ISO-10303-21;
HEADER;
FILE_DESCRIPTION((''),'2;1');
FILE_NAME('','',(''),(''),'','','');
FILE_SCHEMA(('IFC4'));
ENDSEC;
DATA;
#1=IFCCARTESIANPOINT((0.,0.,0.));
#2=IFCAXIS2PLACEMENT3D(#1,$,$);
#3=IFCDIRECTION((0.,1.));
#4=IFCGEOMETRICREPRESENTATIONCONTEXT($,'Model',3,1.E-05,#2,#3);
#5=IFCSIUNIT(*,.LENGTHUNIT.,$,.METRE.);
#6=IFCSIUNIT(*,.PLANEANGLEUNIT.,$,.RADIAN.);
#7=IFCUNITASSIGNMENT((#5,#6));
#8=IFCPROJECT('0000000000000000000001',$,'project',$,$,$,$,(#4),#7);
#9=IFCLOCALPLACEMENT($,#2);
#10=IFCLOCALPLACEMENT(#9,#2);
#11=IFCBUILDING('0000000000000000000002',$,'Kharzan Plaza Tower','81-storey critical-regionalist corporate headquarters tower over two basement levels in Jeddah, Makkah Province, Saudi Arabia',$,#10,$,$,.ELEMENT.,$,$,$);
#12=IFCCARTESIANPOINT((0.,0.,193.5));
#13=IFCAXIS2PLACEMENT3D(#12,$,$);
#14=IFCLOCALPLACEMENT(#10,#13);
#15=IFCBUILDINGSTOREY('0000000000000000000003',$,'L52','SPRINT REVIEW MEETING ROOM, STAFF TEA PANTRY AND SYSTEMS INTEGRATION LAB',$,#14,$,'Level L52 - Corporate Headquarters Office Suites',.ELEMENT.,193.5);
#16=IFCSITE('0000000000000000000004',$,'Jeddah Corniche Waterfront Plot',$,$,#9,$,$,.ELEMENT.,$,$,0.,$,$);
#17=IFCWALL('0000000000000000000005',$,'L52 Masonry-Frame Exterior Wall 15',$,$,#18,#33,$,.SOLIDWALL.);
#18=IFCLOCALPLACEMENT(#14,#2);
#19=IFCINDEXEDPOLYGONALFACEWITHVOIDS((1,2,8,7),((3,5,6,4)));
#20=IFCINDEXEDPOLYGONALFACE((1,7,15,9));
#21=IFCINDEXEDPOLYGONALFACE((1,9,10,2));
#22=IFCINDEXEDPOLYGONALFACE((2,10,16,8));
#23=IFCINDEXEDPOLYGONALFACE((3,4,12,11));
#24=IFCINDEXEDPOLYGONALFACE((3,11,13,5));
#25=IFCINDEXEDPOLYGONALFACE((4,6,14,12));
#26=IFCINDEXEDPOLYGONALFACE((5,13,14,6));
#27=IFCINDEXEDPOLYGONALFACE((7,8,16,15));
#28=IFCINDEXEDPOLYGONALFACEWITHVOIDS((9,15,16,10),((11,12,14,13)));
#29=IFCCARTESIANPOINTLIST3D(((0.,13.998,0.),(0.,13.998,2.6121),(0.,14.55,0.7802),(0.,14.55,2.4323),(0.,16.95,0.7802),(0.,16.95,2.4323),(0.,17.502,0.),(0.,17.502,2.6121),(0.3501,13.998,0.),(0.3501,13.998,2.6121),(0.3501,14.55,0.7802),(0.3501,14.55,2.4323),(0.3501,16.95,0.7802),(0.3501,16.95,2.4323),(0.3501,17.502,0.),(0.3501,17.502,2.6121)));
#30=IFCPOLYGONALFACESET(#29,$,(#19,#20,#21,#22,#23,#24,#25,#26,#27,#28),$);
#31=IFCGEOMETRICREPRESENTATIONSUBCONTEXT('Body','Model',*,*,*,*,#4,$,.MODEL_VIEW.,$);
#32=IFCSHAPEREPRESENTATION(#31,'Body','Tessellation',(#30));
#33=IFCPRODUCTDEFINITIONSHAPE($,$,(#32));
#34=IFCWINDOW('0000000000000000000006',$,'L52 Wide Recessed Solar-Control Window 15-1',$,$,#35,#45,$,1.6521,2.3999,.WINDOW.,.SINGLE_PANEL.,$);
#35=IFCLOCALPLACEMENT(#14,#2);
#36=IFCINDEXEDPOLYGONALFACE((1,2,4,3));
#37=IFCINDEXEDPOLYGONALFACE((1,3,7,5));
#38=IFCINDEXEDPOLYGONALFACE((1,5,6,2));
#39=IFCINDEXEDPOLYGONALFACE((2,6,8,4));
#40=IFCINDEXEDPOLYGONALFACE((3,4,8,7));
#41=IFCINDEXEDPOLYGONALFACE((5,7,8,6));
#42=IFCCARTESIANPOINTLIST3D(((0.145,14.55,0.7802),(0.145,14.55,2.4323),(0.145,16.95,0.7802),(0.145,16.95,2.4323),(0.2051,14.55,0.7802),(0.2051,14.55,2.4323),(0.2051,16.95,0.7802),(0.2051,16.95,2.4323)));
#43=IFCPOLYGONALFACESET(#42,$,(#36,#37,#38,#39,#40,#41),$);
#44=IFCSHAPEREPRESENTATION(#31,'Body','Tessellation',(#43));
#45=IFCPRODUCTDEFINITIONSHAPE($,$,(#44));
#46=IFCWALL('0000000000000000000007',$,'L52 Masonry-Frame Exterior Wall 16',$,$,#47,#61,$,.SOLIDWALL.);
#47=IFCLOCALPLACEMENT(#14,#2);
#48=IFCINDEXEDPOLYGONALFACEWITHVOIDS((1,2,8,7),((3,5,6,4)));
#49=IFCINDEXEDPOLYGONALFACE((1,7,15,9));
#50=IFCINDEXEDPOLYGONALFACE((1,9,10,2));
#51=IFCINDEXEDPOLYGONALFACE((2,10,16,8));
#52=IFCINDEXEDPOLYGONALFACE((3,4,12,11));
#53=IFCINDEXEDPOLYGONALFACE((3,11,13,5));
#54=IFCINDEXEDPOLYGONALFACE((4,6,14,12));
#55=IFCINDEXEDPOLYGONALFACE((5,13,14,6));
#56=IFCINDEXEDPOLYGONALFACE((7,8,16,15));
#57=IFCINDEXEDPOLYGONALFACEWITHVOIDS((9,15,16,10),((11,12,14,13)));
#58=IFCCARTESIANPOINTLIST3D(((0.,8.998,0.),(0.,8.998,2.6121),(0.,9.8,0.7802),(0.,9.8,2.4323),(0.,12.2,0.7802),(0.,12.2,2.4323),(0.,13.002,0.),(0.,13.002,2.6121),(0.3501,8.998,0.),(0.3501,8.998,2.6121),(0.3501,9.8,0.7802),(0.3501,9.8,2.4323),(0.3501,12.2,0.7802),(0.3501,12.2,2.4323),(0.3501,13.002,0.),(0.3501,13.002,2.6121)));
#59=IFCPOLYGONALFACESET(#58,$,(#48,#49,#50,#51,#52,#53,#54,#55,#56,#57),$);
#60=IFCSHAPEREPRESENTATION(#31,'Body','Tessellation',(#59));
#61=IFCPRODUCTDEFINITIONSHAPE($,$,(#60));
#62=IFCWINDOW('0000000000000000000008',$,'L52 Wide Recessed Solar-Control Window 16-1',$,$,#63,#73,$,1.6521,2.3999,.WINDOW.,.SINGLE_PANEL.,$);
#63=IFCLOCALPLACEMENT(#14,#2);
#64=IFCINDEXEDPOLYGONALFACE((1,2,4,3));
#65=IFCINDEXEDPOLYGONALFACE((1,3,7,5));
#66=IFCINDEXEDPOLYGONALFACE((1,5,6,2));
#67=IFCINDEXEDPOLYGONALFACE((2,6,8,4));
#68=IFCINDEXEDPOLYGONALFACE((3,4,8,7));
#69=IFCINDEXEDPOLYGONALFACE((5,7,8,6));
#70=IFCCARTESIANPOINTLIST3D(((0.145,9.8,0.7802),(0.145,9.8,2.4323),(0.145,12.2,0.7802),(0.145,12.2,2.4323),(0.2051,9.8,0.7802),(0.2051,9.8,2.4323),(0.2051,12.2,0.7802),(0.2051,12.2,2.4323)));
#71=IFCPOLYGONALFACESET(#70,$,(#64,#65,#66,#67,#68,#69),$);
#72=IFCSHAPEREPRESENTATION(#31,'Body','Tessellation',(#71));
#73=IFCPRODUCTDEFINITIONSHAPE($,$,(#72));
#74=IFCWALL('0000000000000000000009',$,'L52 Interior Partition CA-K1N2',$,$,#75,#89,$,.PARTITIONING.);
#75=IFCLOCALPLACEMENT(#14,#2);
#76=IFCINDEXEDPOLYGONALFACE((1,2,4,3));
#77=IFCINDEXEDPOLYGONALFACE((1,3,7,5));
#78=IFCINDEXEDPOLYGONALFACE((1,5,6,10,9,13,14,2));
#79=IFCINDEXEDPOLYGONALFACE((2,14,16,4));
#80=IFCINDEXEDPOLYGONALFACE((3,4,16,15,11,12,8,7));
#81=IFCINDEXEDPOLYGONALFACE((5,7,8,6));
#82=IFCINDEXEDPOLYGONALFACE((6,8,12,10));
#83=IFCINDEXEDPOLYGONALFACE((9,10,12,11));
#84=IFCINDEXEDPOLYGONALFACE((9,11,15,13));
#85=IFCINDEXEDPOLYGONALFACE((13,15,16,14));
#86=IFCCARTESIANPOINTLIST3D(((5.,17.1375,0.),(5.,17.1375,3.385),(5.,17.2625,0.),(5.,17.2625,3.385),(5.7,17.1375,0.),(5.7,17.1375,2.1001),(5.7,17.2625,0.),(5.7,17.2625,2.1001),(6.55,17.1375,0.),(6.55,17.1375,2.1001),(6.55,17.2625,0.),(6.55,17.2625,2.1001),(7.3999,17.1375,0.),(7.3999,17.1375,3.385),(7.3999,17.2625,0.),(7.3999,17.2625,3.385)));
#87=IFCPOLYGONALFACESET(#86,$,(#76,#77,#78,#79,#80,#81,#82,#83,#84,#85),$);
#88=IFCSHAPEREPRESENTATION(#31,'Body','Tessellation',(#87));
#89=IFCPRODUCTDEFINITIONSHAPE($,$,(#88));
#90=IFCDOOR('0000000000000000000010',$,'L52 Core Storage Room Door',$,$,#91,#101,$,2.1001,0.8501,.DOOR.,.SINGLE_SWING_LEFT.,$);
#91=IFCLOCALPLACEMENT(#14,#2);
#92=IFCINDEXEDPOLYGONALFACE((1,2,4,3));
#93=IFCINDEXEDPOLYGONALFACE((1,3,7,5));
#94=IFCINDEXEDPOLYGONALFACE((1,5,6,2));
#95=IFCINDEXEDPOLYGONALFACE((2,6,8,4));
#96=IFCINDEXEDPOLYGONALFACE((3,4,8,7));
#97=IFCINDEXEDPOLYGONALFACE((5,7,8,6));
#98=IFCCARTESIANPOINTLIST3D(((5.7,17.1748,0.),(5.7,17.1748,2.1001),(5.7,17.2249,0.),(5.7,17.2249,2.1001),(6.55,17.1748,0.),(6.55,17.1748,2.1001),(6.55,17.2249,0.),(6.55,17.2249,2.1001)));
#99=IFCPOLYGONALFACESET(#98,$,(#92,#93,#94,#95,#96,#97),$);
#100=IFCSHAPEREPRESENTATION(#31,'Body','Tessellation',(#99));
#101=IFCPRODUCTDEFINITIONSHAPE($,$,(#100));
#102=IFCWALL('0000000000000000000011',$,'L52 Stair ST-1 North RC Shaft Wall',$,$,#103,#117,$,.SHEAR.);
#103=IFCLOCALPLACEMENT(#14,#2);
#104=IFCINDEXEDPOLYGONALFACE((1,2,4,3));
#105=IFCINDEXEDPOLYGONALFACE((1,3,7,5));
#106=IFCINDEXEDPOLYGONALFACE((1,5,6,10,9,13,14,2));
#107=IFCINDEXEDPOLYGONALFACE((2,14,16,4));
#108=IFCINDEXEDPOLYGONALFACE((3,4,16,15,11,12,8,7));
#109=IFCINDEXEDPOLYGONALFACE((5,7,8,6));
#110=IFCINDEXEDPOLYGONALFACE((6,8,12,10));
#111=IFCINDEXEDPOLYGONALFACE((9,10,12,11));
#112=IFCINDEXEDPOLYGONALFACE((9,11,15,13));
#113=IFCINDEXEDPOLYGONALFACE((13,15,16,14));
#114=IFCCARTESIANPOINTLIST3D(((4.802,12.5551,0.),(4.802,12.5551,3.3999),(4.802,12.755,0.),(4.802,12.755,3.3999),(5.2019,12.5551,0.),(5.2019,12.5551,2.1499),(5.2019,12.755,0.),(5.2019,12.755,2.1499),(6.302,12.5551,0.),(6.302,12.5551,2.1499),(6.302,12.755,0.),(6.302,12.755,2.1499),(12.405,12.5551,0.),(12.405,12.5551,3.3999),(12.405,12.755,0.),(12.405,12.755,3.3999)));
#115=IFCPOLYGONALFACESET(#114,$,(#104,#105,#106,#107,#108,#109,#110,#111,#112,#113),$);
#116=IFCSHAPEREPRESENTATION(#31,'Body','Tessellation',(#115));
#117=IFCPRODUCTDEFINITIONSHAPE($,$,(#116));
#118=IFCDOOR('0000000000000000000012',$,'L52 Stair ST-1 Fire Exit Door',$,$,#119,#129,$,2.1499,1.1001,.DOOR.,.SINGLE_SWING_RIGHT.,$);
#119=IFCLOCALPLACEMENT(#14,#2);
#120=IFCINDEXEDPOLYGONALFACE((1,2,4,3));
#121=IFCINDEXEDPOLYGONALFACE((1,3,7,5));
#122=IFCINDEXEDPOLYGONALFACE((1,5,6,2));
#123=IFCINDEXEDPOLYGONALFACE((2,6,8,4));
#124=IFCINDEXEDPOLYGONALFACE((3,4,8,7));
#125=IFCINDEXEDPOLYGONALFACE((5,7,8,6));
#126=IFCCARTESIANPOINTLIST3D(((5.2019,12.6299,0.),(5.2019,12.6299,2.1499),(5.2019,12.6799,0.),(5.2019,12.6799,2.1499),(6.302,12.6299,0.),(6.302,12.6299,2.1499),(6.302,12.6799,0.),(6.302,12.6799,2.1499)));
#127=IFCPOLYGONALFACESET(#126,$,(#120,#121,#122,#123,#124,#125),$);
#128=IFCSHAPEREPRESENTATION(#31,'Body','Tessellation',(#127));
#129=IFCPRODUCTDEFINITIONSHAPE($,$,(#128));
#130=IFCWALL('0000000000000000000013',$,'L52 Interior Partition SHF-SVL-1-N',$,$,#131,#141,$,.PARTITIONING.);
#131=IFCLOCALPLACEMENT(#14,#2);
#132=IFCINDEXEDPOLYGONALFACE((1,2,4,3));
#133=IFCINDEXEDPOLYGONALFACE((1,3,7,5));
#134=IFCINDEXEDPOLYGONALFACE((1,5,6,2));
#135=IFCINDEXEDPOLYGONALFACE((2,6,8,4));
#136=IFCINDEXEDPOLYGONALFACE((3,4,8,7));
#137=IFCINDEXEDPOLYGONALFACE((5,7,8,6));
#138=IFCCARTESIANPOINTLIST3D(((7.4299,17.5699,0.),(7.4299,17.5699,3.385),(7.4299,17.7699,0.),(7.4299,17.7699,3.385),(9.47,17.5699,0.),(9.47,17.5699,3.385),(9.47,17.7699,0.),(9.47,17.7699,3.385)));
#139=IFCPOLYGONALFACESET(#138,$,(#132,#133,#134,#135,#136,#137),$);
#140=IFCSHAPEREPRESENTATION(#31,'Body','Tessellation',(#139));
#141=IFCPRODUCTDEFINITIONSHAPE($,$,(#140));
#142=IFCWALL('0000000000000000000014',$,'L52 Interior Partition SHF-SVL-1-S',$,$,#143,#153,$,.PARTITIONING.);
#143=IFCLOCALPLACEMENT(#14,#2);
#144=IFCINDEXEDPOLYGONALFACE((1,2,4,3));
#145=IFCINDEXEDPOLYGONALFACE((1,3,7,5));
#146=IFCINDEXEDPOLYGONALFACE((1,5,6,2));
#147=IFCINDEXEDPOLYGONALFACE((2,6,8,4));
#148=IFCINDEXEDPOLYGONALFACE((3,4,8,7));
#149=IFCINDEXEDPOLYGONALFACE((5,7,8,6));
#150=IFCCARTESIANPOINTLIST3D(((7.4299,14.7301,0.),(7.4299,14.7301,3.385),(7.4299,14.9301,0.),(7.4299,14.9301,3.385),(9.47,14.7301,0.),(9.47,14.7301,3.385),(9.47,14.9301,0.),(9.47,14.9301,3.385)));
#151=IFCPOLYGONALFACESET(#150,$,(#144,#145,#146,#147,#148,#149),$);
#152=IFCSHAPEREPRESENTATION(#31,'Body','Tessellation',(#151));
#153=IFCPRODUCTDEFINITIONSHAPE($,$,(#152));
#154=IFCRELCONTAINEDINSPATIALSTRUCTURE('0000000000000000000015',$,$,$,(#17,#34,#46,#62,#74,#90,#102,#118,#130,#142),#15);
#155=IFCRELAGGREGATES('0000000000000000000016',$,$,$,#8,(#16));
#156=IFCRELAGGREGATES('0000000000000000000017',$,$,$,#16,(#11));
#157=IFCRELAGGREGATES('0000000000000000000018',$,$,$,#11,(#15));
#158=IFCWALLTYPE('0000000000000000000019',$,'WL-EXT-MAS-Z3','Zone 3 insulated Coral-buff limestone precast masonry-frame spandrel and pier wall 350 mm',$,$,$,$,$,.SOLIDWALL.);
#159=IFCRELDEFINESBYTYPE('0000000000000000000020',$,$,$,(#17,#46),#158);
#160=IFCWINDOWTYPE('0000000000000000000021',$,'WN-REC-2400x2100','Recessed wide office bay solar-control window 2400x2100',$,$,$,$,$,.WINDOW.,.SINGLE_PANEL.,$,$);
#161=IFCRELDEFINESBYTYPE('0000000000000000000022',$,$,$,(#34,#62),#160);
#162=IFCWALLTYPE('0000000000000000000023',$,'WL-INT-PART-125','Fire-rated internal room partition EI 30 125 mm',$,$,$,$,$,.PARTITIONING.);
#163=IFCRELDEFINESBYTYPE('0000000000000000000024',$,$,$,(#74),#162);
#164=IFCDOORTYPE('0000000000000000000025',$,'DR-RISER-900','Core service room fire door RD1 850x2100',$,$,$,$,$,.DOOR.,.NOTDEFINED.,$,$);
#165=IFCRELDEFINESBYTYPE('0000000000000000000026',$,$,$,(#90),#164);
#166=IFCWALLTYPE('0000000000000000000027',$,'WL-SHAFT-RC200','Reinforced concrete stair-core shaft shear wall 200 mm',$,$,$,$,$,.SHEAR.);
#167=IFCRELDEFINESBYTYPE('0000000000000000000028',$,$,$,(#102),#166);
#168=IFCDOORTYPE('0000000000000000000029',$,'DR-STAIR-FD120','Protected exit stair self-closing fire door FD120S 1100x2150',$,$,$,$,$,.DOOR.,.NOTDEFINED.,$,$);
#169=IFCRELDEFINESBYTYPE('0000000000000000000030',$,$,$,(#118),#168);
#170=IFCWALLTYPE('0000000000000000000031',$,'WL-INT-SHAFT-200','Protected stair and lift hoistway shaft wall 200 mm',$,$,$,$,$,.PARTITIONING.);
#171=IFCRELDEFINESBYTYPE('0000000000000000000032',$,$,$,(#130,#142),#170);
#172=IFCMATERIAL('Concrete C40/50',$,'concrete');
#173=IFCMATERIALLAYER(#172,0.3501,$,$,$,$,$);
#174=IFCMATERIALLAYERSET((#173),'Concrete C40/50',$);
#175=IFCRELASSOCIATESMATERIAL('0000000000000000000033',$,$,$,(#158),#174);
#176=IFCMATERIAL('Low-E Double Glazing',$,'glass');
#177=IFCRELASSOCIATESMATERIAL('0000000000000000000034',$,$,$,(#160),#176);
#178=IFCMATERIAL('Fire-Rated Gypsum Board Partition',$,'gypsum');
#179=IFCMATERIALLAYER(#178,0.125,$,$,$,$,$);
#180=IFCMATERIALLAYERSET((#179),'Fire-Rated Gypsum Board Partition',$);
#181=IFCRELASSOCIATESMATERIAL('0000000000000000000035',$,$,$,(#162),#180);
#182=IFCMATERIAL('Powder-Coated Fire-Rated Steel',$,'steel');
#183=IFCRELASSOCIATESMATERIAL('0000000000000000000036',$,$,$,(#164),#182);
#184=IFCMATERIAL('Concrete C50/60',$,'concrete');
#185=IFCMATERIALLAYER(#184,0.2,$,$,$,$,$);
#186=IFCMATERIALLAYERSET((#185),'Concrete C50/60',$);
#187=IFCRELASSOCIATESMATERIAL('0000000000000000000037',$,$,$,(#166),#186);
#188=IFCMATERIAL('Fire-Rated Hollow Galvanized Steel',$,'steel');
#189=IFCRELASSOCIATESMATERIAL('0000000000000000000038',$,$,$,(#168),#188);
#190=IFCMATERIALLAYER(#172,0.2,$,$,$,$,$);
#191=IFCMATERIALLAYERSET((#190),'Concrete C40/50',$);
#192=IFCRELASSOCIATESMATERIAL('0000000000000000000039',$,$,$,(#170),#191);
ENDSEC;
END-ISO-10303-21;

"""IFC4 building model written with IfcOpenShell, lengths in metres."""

from ifc_helpers import new_model, si_unit, direction, frame, frame_2d, origin, place, context, subcontext, project, spatial, rectangle, extrude, source, transform, mapped, material, layer, layer_set, type_object, element, fill, save


model = new_model("IFC4")

# Units and contexts
model_context = context("Model", 3, precision=1e-05, world=origin(), true_north=direction((0.0, 1.0)))
body_context = subcontext(model_context, "Body", "Model", "MODEL_VIEW")
ifc_project = project(units=[si_unit("LENGTHUNIT", "METRE"), si_unit("PLANEANGLEUNIT", "RADIAN")], contexts=[model_context])

# Site, building, storey
site_placement = place(None, origin())
site = spatial("IfcSite", under=ifc_project, at=site_placement, Name="Jeddah Corniche Waterfront Plot", CompositionType="ELEMENT", RefElevation=0.0)
building_placement = place(site_placement, origin())
building = spatial("IfcBuilding", under=site, at=building_placement, Name="Kharzan Plaza Tower", Description="81-storey critical-regionalist corporate headquarters tower over two basement levels in Jeddah, Makkah Province, Saudi Arabia", CompositionType="ELEMENT")
storey_placement = place(building_placement, frame((0.0, 0.0, 193.5)))
storey = spatial("IfcBuildingStorey", under=building, at=storey_placement, Name="L52", Description="SPRINT REVIEW MEETING ROOM, STAFF TEA PANTRY AND SYSTEMS INTEGRATION LAB", LongName="Level L52 - Corporate Headquarters Office Suites", CompositionType="ELEMENT", Elevation=193.5)

# Shared definitions
ifc_material_1 = material(Name="Concrete C50/60", Category="concrete")

# Walls, openings, windows
ifc_material_2 = material(Name="Concrete C40/50", Category="concrete")
ifc_layer_1 = layer(ifc_material_2, 0.3501)
ifc_layer_set_1 = layer_set([ifc_layer_1], Name="Concrete C40/50")
wall_type_1 = type_object("IfcWallType", Name="WL-EXT-MAS-Z3", Description="Zone 3 insulated Coral-buff limestone precast masonry-frame spandrel and pier wall 350 mm", PredefinedType="SOLIDWALL", material=ifc_layer_set_1)
wall_1_placement = place(storey_placement, frame((0.175, 17.502, 0.0), z_axis=(0.0, 0.0, 1.0), x_axis=(0.0, -1.0, 0.0)))
wall_1 = element("IfcWall", 1, at=wall_1_placement, inside=storey, type_object=wall_type_1, Name="L52 Masonry-Frame Exterior Wall 15", PredefinedType="SOLIDWALL", context=body_context, shape_type="SweptSolid", body=[
    extrude(rectangle(XDim=3.5039, YDim=0.3501, at=frame_2d((1.752, 0.0))), origin(), (0.0, 0.0, 1.0), 2.6121),
])
opening_1_placement = place(wall_1_placement, frame((0.552, 0.0, 0.78)))
opening_1 = element("IfcOpeningElement", 2, at=opening_1_placement, cuts=wall_1, PredefinedType="OPENING", context=body_context, shape_type="SweptSolid", body=[
    extrude(rectangle(XDim=2.3999, YDim=1.6521, at=frame_2d((1.2, 0.8262))), frame((0.0, 0.1851, 0.0), z_axis=(0.0, -1.0, 0.0), x_axis=(1.0, 0.0, 0.0)), (0.0, 0.0, 1.0), 0.3701),
])
ifc_material_3 = material(Name="Low-E Double Glazing", Category="glass")
window_type = type_object("IfcWindowType", Name="WN-REC-2400x2100", Description="Recessed wide office bay solar-control window 2400x2100", PartitioningType="SINGLE_PANEL", PredefinedType="WINDOW", material=ifc_material_3)
shared_shape_1 = source(origin(), body_context, "Body", "SweptSolid", [
    extrude(rectangle(XDim=2.3999, YDim=1.6521, at=frame_2d((1.2, 0.8262))), frame((0.0, 0.03, 0.0), z_axis=(0.0, -1.0, 0.0), x_axis=(1.0, 0.0, 0.0)), (0.0, 0.0, 1.0), 0.0601),
])
window_1_placement = place(opening_1_placement, origin())
window_1 = element("IfcWindow", 3, at=window_1_placement, inside=storey, type_object=window_type, Name="L52 Wide Recessed Solar-Control Window 15-1", OverallHeight=1.6521, OverallWidth=2.3999, PartitioningType="SINGLE_PANEL", PredefinedType="WINDOW", context=body_context, shape_type="MappedRepresentation", body=[
    mapped(shared_shape_1, transform((0.0, 0.0, 0.0), x_axis=(1.0, 0.0, 0.0), y_axis=(0.0, 1.0, 0.0), z_axis=(0.0, 0.0, 1.0))),
])
fill(opening_1, window_1)
wall_2_placement = place(storey_placement, frame((0.175, 13.002, 0.0), z_axis=(0.0, 0.0, 1.0), x_axis=(0.0, -1.0, 0.0)))
wall_2 = element("IfcWall", 4, at=wall_2_placement, inside=storey, type_object=wall_type_1, Name="L52 Masonry-Frame Exterior Wall 16", PredefinedType="SOLIDWALL", context=body_context, shape_type="SweptSolid", body=[
    extrude(rectangle(XDim=4.0039, YDim=0.3501, at=frame_2d((2.002, 0.0))), origin(), (0.0, 0.0, 1.0), 2.6121),
])
opening_2_placement = place(wall_2_placement, frame((0.802, 0.0, 0.78)))
opening_2 = element("IfcOpeningElement", 5, at=opening_2_placement, cuts=wall_2, PredefinedType="OPENING", context=body_context, shape_type="SweptSolid", body=[
    extrude(rectangle(XDim=2.3999, YDim=1.6521, at=frame_2d((1.2, 0.8262))), frame((0.0, 0.1851, 0.0), z_axis=(0.0, -1.0, 0.0), x_axis=(1.0, 0.0, 0.0)), (0.0, 0.0, 1.0), 0.3701),
])
window_2_placement = place(opening_2_placement, origin())
window_2 = element("IfcWindow", 6, at=window_2_placement, inside=storey, type_object=window_type, Name="L52 Wide Recessed Solar-Control Window 16-1", OverallHeight=1.6521, OverallWidth=2.3999, PartitioningType="SINGLE_PANEL", PredefinedType="WINDOW", context=body_context, shape_type="MappedRepresentation", body=[
    mapped(shared_shape_1, transform((0.0, 0.0, 0.0), x_axis=(1.0, 0.0, 0.0), y_axis=(0.0, 1.0, 0.0), z_axis=(0.0, 0.0, 1.0))),
])
fill(opening_2, window_2)

# Walls, openings, doors
ifc_material_4 = material(Name="Fire-Rated Gypsum Board Partition", Category="gypsum")
ifc_layer_2 = layer(ifc_material_4, 0.125)
ifc_layer_set_2 = layer_set([ifc_layer_2], Name="Fire-Rated Gypsum Board Partition")
wall_type_2 = type_object("IfcWallType", Name="WL-INT-PART-125", Description="Fire-rated internal room partition EI 30 125 mm", PredefinedType="PARTITIONING", material=ifc_layer_set_2)
wall_3_placement = place(storey_placement, frame((5.0, 17.2, 0.0), z_axis=(0.0, 0.0, 1.0), x_axis=(1.0, 0.0, 0.0)))
wall_3 = element("IfcWall", 7, at=wall_3_placement, inside=storey, type_object=wall_type_2, Name="L52 Interior Partition CA-K1N2", PredefinedType="PARTITIONING", context=body_context, shape_type="SweptSolid", body=[
    extrude(rectangle(XDim=2.3999, YDim=0.125, at=frame_2d((1.2, 0.0))), origin(), (0.0, 0.0, 1.0), 3.385),
])
opening_3_placement = place(wall_3_placement, frame((0.7, 0.0, 0.0)))
opening_3 = element("IfcOpeningElement", 8, at=opening_3_placement, cuts=wall_3, PredefinedType="OPENING", context=body_context, shape_type="SweptSolid", body=[
    extrude(rectangle(XDim=0.8501, YDim=2.1001, at=frame_2d((0.425, 1.05))), frame((0.0, 0.0725, 0.0), z_axis=(0.0, -1.0, 0.0), x_axis=(1.0, 0.0, 0.0)), (0.0, 0.0, 1.0), 0.145),
])
ifc_material_5 = material(Name="Powder-Coated Fire-Rated Steel", Category="steel")
door_type_1 = type_object("IfcDoorType", Name="DR-RISER-900", Description="Core service room fire door RD1 850x2100", OperationType="NOTDEFINED", PredefinedType="DOOR", material=ifc_material_5)
shared_shape_2 = source(origin(), body_context, "Body", "SweptSolid", [
    extrude(rectangle(XDim=0.8501, YDim=2.1001, at=frame_2d((0.425, 1.05))), frame((0.0, 0.0249, 0.0), z_axis=(0.0, -1.0, 0.0), x_axis=(1.0, 0.0, 0.0)), (0.0, 0.0, 1.0), 0.05),
])
door_1_placement = place(opening_3_placement, origin())
door_1 = element("IfcDoor", 9, at=door_1_placement, inside=storey, type_object=door_type_1, Name="L52 Core Storage Room Door", OperationType="SINGLE_SWING_LEFT", OverallHeight=2.1001, OverallWidth=0.8501, PredefinedType="DOOR", context=body_context, shape_type="MappedRepresentation", body=[
    mapped(shared_shape_2, transform((0.0, 0.0, 0.0), x_axis=(1.0, 0.0, 0.0), y_axis=(0.0, 1.0, 0.0), z_axis=(0.0, 0.0, 1.0))),
])
fill(opening_3, door_1)
ifc_layer_3 = layer(ifc_material_1, 0.2)
ifc_layer_set_3 = layer_set([ifc_layer_3], Name="Concrete C50/60")
wall_type_3 = type_object("IfcWallType", Name="WL-SHAFT-RC200", Description="Reinforced concrete stair-core shaft shear wall 200 mm", PredefinedType="SHEAR", material=ifc_layer_set_3)
wall_4_placement = place(storey_placement, frame((4.802, 12.655, 0.0), z_axis=(0.0, 0.0, 1.0), x_axis=(1.0, 0.0, 0.0)))
wall_4 = element("IfcWall", 10, at=wall_4_placement, inside=storey, type_object=wall_type_3, Name="L52 Stair ST-1 North RC Shaft Wall", PredefinedType="SHEAR", context=body_context, shape_type="SweptSolid", body=[
    extrude(rectangle(XDim=7.603, YDim=0.2, at=frame_2d((3.8015, 0.0))), origin(), (0.0, 0.0, 1.0), 3.3999),
])
opening_4_placement = place(wall_4_placement, frame((0.3999, 0.0, 0.0)))
opening_4 = element("IfcOpeningElement", 11, at=opening_4_placement, cuts=wall_4, PredefinedType="OPENING", context=body_context, shape_type="SweptSolid", body=[
    extrude(rectangle(XDim=1.1001, YDim=2.1499, at=frame_2d((0.55, 1.075))), frame((0.0, 0.1099, 0.0), z_axis=(0.0, -1.0, 0.0), x_axis=(1.0, 0.0, 0.0)), (0.0, 0.0, 1.0), 0.22),
])
ifc_material_6 = material(Name="Fire-Rated Hollow Galvanized Steel", Category="steel")
door_type_2 = type_object("IfcDoorType", Name="DR-STAIR-FD120", Description="Protected exit stair self-closing fire door FD120S 1100x2150", OperationType="NOTDEFINED", PredefinedType="DOOR", material=ifc_material_6)
shared_shape_3 = source(origin(), body_context, "Body", "SweptSolid", [
    extrude(rectangle(XDim=1.1001, YDim=2.1499, at=frame_2d((0.55, 1.075))), frame((0.0, 0.0249, 0.0), z_axis=(0.0, -1.0, 0.0), x_axis=(1.0, 0.0, 0.0)), (0.0, 0.0, 1.0), 0.05),
])
door_2_placement = place(opening_4_placement, origin())
door_2 = element("IfcDoor", 12, at=door_2_placement, inside=storey, type_object=door_type_2, Name="L52 Stair ST-1 Fire Exit Door", OperationType="SINGLE_SWING_RIGHT", OverallHeight=2.1499, OverallWidth=1.1001, PredefinedType="DOOR", context=body_context, shape_type="MappedRepresentation", body=[
    mapped(shared_shape_3, transform((0.0, 0.0, 0.0), x_axis=(1.0, 0.0, 0.0), y_axis=(0.0, 1.0, 0.0), z_axis=(0.0, 0.0, 1.0))),
])
fill(opening_4, door_2)

# Walls
ifc_layer_4 = layer(ifc_material_2, 0.2)
ifc_layer_set_4 = layer_set([ifc_layer_4], Name="Concrete C40/50")
wall_type_4 = type_object("IfcWallType", Name="WL-INT-SHAFT-200", Description="Protected stair and lift hoistway shaft wall 200 mm", PredefinedType="PARTITIONING", material=ifc_layer_set_4)
shared_shape_4 = source(origin(), body_context, "Body", "SweptSolid", [
    extrude(rectangle(XDim=2.04, YDim=0.2, at=frame_2d((1.02, 0.0))), origin(), (0.0, 0.0, 1.0), 3.385),
])
for number, where, z_axis, x_axis, name in (
    (13, (7.4299, 17.6699, 0.0), (0.0, 0.0, 1.0), (1.0, 0.0, 0.0), "L52 Interior Partition SHF-SVL-1-N"),
    (14, (7.4299, 14.8301, 0.0), (0.0, 0.0, 1.0), (1.0, 0.0, 0.0), "L52 Interior Partition SHF-SVL-1-S"),
):
    element("IfcWall", number, at=place(storey_placement, frame(where, z_axis=z_axis, x_axis=x_axis)), inside=storey, type_object=wall_type_4, Name=name, PredefinedType="PARTITIONING", context=body_context, shape_type="MappedRepresentation", body=[
        mapped(shared_shape_4, transform((0.0, 0.0, 0.0), x_axis=(1.0, 0.0, 0.0), y_axis=(0.0, 1.0, 0.0), z_axis=(0.0, 0.0, 1.0))),
    ])

save(model, "model.ifc")
